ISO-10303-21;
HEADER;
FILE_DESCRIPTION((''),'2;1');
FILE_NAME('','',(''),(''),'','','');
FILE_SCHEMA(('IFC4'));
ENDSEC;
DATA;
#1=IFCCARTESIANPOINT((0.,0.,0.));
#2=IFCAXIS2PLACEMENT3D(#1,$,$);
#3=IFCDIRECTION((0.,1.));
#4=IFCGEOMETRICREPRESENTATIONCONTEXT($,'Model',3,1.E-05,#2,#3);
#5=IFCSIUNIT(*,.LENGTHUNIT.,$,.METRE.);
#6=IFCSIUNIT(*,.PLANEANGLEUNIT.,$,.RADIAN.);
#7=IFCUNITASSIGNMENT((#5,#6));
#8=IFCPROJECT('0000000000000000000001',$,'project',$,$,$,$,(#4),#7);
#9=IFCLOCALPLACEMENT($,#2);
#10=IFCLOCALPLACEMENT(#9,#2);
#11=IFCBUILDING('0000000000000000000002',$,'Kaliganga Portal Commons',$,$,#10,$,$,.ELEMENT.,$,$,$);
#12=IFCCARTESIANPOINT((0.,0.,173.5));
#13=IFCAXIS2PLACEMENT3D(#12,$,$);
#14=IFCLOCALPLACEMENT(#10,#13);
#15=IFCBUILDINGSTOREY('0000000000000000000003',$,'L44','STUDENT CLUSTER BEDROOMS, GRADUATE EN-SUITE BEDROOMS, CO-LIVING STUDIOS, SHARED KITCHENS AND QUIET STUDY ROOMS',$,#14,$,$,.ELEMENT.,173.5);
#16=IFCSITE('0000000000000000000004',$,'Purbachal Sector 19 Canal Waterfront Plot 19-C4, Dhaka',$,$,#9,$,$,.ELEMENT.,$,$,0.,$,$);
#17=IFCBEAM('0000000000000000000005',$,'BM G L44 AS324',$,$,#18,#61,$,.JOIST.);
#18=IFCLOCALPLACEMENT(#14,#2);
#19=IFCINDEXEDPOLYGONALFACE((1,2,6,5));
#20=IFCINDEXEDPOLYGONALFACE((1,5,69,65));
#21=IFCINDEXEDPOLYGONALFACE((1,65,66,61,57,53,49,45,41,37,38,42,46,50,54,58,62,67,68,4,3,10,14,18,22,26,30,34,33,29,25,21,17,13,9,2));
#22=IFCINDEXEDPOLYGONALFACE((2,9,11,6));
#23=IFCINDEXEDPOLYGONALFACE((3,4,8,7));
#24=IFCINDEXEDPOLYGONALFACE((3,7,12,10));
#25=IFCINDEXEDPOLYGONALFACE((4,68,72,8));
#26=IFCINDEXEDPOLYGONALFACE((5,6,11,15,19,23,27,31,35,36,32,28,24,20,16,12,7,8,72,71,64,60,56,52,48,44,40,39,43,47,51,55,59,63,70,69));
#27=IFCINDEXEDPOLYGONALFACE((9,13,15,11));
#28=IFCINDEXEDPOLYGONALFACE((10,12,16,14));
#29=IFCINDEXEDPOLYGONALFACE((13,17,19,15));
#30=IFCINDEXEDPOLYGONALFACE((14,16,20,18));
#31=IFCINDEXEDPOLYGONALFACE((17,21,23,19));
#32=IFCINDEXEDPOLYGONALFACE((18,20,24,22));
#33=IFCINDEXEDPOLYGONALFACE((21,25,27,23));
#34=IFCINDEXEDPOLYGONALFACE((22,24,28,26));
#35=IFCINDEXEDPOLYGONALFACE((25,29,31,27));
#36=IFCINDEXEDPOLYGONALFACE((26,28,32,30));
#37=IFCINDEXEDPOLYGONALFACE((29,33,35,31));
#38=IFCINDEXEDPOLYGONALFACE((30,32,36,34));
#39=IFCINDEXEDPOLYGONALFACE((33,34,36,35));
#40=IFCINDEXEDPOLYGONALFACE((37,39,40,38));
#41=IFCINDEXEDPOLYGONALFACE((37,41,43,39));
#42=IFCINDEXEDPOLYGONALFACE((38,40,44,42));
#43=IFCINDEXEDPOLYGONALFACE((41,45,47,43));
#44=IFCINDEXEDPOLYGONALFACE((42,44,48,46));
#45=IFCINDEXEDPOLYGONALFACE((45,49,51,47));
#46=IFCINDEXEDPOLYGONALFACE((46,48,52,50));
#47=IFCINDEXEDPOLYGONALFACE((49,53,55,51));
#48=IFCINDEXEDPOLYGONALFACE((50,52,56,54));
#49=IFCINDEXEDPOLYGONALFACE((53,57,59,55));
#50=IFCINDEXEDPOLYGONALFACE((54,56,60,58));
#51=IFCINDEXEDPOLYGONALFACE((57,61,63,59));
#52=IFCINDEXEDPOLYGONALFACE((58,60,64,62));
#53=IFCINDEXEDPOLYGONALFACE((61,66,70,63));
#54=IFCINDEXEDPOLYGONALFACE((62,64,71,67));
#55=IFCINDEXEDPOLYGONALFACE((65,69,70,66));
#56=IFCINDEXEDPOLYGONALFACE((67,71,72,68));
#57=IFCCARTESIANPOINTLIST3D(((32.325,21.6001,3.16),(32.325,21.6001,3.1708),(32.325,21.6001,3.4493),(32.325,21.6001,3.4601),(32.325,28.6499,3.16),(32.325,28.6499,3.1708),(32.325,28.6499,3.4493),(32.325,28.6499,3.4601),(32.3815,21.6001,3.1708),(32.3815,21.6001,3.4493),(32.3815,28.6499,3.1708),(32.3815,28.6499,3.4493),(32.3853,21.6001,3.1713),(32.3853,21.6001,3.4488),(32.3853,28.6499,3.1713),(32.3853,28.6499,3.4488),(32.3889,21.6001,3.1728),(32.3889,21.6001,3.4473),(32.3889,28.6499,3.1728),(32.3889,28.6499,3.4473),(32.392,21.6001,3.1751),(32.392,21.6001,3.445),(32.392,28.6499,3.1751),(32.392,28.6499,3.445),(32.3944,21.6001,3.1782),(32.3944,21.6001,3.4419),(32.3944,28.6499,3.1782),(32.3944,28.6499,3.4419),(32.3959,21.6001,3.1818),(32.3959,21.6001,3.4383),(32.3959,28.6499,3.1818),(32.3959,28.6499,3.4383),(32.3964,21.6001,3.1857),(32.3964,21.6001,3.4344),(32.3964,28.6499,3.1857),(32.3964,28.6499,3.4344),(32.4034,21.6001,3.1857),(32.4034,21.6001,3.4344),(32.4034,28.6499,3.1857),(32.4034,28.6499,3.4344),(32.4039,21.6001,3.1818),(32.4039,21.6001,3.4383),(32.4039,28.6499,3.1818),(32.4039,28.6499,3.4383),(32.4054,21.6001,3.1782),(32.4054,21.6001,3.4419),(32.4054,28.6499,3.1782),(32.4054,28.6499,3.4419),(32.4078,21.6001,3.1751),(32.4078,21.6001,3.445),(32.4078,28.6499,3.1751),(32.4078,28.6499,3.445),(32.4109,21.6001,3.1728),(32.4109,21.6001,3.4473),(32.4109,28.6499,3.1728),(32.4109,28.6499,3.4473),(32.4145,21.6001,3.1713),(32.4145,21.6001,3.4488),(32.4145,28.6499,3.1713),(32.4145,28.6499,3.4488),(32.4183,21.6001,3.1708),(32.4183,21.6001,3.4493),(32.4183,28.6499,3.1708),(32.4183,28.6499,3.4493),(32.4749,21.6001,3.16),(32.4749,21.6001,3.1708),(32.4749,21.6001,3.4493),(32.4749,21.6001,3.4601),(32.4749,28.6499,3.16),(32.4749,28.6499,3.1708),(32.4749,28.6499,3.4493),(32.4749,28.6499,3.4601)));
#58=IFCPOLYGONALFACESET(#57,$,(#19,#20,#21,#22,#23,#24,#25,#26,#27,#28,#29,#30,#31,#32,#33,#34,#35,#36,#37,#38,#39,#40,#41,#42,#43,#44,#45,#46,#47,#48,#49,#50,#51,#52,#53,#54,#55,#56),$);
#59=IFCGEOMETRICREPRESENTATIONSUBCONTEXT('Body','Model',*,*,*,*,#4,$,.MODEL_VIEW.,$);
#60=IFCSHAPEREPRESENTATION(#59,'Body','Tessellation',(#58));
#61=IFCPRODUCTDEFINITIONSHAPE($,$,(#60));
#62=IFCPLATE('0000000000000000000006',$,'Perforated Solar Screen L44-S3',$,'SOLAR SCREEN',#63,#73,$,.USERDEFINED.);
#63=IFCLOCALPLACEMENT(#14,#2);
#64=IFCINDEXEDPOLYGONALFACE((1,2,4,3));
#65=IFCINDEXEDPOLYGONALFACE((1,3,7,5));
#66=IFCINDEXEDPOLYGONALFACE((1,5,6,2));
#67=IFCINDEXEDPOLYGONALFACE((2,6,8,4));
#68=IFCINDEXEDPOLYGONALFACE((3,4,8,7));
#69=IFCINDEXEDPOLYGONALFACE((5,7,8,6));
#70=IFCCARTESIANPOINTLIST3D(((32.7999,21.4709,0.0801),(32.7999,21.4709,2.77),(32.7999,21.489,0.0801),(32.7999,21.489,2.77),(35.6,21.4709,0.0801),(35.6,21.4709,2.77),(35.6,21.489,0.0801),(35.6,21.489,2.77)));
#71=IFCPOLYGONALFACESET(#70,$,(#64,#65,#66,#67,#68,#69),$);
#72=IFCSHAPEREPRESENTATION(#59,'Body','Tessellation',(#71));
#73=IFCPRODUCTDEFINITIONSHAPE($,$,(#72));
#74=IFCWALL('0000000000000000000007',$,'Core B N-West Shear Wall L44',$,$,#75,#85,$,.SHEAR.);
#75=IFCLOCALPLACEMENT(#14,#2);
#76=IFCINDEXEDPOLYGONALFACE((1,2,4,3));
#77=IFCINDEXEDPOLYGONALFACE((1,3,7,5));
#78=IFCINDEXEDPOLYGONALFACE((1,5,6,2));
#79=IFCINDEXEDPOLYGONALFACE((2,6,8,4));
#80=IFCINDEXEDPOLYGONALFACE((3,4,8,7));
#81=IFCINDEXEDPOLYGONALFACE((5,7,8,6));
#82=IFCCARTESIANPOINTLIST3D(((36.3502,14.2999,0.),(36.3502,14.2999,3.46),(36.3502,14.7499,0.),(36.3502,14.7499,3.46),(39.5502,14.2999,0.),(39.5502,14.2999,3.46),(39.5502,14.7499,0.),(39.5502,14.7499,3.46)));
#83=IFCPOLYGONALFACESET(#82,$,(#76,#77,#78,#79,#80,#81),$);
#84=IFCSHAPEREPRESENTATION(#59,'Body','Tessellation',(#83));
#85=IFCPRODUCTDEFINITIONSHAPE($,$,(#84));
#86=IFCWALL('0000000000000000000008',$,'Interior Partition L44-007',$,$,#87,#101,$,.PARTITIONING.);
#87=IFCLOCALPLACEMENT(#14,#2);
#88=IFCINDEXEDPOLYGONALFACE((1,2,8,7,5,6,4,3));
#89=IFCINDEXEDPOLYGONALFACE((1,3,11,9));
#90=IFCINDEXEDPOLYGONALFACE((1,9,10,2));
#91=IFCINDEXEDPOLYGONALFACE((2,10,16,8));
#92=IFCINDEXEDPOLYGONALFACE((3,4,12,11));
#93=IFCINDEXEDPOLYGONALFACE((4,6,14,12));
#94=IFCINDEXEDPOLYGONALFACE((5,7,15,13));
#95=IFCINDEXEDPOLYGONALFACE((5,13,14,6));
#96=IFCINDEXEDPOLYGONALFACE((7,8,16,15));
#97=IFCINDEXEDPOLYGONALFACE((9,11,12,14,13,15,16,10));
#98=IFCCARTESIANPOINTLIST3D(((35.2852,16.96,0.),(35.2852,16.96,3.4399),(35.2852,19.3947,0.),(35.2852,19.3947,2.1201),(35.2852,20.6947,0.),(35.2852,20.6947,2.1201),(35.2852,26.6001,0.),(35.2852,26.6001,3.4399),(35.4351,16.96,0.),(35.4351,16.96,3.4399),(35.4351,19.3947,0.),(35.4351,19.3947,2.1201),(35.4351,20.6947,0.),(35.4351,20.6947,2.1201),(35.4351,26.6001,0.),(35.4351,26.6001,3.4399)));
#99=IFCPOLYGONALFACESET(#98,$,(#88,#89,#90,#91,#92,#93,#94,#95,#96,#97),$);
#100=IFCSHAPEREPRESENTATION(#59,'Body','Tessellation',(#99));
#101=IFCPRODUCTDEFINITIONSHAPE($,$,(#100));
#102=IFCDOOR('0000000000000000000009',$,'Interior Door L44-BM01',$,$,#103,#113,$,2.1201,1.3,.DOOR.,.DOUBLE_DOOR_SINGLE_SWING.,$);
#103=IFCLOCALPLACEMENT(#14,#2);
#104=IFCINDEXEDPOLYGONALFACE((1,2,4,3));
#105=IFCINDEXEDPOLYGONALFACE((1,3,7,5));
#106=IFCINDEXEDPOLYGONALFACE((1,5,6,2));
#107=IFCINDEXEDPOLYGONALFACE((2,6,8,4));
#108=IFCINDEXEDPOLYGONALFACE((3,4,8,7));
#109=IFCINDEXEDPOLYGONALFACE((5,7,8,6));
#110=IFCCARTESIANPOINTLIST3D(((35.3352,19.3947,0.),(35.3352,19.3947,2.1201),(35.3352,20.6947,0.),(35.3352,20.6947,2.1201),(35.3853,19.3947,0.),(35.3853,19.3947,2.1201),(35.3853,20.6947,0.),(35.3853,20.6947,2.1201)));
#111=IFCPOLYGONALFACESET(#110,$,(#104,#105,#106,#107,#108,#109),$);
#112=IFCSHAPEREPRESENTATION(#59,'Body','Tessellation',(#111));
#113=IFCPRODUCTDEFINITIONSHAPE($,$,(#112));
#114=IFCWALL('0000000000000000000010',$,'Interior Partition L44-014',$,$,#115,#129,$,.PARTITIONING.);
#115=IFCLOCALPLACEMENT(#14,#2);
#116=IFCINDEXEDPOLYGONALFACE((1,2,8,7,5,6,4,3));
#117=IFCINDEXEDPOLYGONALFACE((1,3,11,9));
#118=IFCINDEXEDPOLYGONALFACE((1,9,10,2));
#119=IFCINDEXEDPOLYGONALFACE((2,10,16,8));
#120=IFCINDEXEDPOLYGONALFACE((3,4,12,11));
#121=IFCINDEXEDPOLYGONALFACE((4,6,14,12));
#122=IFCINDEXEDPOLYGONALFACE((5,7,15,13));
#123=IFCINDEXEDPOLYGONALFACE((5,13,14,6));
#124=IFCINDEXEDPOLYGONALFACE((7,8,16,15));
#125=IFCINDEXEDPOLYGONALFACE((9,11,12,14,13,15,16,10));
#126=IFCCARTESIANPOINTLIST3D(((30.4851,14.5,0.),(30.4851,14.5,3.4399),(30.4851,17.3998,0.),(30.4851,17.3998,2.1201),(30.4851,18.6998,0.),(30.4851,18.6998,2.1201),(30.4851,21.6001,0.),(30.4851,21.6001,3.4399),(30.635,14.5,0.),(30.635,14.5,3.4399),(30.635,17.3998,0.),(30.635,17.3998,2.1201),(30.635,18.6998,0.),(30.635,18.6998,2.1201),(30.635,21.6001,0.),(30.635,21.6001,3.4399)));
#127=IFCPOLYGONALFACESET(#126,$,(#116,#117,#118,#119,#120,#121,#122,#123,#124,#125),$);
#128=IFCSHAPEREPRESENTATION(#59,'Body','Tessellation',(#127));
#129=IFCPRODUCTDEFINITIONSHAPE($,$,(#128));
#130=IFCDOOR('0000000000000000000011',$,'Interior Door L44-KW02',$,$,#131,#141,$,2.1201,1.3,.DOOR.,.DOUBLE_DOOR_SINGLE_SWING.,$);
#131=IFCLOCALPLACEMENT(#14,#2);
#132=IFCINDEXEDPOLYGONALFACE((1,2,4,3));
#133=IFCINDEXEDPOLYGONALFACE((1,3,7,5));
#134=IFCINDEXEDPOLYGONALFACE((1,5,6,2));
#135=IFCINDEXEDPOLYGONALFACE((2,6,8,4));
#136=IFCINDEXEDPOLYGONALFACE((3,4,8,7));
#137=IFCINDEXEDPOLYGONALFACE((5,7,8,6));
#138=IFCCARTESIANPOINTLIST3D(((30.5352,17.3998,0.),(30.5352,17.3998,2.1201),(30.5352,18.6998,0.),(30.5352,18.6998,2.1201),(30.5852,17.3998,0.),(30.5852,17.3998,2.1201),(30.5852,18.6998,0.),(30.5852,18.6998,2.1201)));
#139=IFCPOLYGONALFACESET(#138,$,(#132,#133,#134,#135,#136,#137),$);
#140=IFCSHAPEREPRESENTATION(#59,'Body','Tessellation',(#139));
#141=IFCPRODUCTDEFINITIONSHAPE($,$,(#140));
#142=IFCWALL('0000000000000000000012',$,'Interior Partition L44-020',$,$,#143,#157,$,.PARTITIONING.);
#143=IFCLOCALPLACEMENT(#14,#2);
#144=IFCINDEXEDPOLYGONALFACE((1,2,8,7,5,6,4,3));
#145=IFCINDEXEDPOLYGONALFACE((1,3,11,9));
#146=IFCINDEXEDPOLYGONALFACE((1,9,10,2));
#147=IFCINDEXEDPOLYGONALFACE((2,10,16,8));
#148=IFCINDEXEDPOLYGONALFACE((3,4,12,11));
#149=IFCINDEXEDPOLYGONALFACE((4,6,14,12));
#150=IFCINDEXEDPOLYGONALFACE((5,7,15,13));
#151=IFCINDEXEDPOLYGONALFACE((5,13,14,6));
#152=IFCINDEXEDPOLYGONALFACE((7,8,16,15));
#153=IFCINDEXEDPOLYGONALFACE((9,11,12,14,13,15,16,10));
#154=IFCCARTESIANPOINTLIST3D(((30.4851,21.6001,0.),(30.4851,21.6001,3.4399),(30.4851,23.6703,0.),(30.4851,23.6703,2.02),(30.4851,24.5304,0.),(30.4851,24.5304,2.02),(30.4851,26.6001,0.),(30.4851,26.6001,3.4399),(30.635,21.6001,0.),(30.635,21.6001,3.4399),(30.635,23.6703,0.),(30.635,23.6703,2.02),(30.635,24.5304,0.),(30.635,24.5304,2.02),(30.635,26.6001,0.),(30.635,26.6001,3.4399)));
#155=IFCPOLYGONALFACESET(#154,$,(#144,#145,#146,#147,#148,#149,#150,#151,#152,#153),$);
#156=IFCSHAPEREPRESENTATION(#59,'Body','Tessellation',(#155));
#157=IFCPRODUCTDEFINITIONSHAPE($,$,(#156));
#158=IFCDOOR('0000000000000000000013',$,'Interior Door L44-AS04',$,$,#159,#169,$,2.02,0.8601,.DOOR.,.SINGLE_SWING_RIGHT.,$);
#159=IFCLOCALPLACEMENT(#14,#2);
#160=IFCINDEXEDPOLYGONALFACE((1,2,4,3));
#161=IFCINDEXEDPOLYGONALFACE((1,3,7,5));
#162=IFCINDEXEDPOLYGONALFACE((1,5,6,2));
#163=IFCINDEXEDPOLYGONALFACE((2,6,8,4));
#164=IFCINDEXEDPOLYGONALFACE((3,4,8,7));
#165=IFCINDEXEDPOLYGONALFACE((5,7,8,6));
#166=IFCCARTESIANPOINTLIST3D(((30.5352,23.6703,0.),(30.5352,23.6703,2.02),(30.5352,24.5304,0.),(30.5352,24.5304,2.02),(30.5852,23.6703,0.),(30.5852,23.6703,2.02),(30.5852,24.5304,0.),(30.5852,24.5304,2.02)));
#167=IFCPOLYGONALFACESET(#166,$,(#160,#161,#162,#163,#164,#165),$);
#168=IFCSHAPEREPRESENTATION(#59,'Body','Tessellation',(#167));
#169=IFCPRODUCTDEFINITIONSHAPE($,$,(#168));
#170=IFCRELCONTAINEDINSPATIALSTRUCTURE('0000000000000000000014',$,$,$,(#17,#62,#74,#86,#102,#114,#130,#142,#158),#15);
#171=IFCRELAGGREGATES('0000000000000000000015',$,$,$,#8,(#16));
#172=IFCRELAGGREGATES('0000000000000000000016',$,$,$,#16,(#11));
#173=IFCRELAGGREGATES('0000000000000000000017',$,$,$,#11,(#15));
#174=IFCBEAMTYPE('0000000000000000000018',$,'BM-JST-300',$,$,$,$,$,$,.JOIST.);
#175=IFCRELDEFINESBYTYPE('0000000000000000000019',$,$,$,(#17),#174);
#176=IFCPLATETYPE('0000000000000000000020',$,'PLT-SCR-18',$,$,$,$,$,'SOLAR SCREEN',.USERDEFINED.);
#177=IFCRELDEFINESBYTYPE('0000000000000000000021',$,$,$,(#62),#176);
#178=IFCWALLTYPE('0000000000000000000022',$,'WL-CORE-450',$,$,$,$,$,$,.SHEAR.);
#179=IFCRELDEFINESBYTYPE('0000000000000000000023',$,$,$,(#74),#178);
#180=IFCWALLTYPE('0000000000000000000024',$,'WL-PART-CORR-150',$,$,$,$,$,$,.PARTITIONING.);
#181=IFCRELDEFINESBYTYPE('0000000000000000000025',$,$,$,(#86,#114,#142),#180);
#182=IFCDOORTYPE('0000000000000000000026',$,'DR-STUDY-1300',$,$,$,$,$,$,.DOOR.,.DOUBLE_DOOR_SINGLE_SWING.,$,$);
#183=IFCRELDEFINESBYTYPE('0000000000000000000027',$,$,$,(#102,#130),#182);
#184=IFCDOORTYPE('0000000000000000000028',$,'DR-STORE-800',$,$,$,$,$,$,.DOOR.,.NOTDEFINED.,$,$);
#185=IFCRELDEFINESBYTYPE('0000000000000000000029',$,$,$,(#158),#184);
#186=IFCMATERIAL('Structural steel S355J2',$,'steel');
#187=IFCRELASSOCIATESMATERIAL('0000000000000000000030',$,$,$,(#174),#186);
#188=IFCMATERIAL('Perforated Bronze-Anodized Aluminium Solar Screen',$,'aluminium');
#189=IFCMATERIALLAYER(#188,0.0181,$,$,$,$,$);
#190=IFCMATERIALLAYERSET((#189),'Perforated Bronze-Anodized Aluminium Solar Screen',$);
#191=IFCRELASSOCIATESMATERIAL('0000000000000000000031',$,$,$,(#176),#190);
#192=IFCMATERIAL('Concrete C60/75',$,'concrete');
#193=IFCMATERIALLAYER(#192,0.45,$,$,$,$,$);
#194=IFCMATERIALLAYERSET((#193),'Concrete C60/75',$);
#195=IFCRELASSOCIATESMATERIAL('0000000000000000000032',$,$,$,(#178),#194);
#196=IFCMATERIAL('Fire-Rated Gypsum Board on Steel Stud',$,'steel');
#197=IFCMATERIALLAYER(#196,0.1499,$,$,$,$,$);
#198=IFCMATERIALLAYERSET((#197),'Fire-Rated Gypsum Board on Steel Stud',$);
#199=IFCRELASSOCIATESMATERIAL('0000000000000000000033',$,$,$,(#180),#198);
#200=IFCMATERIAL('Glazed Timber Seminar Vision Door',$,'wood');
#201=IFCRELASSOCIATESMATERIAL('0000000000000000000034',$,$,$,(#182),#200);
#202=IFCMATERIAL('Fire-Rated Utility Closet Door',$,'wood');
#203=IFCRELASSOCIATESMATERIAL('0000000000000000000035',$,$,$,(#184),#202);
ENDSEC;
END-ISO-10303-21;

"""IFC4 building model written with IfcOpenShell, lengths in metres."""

from ifc_helpers import new_model, si_unit, direction, frame, frame_2d, origin, origin_2d, place, context, subcontext, project, spatial, rectangle, i_section, extrude, source, transform, mapped, material, layer, layer_set, material_profile, profile_set, type_object, element, fill, save


model = new_model("IFC4")

# Units and contexts
model_context = context("Model", 3, precision=1e-05, world=origin(), true_north=direction((0.0, 1.0)))
body_context = subcontext(model_context, "Body", "Model", "MODEL_VIEW")
ifc_project = project(units=[si_unit("LENGTHUNIT", "METRE"), si_unit("PLANEANGLEUNIT", "RADIAN")], contexts=[model_context])

# Site, building, storey
site_placement = place(None, origin())
site = spatial("IfcSite", under=ifc_project, at=site_placement, Name="Purbachal Sector 19 Canal Waterfront Plot 19-C4, Dhaka", CompositionType="ELEMENT", RefElevation=0.0)
building_placement = place(site_placement, origin())
building = spatial("IfcBuilding", under=site, at=building_placement, Name="Kaliganga Portal Commons", CompositionType="ELEMENT")
storey_placement = place(building_placement, frame((0.0, 0.0, 173.5)))
storey = spatial("IfcBuildingStorey", under=building, at=storey_placement, Name="L44", Description="STUDENT CLUSTER BEDROOMS, GRADUATE EN-SUITE BEDROOMS, CO-LIVING STUDIOS, SHARED KITCHENS AND QUIET STUDY ROOMS", CompositionType="ELEMENT", Elevation=173.5)

# Shared definitions
ifc_material_1 = material(Name="Concrete C60/75", Category="concrete")

# Beam
ifc_material_2 = material(Name="Structural steel S355J2", Category="steel")
ifc_material_profile_1 = material_profile(ifc_material_2, i_section(OverallWidth=0.1499, OverallDepth=0.3, WebThickness=0.0071, FlangeThickness=0.0107, FilletRadius=0.0149, at=origin_2d()), Name="IPE 300")
ifc_profile_set_1 = profile_set([ifc_material_profile_1], Name="Structural steel S355J2 wide-flange")
beam_type_1 = type_object("IfcBeamType", Name="BM-JST-300", PredefinedType="JOIST", material=ifc_profile_set_1)
shared_shape_1 = source(origin(), body_context, "Body", "SweptSolid", [
    extrude(i_section(OverallWidth=0.1499, OverallDepth=0.3, WebThickness=0.0071, FlangeThickness=0.0107, FilletRadius=0.0149, at=origin_2d()), origin(), (0.0, 0.0, 1.0), 7.0498),
])
beam_1_placement = place(storey_placement, frame((32.3999, 21.6001, 3.3101), z_axis=(0.0, 1.0, 0.0), x_axis=(-1.0, 0.0, 0.0)))
element("IfcBeam", 1, at=beam_1_placement, inside=storey, type_object=beam_type_1, Name="BM G L44 AS324", PredefinedType="JOIST", context=body_context, shape_type="MappedRepresentation", body=[
    mapped(shared_shape_1, transform((0.0, 0.0, 0.0), x_axis=(1.0, 0.0, 0.0), y_axis=(0.0, 1.0, 0.0), z_axis=(0.0, 0.0, 1.0), scale=1.0)),
])

# Plate
ifc_material_3 = material(Name="Perforated Bronze-Anodized Aluminium Solar Screen", Category="aluminium")
ifc_layer_1 = layer(ifc_material_3, 0.0181)
ifc_layer_set_1 = layer_set([ifc_layer_1], Name="Perforated Bronze-Anodized Aluminium Solar Screen")
plate_type = type_object("IfcPlateType", Name="PLT-SCR-18", ElementType="SOLAR SCREEN", PredefinedType="USERDEFINED", material=ifc_layer_set_1)
shared_shape_2 = source(origin(), body_context, "Body", "SweptSolid", [
    extrude(rectangle(XDim=2.8, YDim=0.0181, at=origin_2d()), origin(), (0.0, 0.0, 1.0), 2.6899),
])
plate_placement = place(storey_placement, frame((34.2, 21.48, 0.0801), z_axis=(0.0, 0.0, 1.0), x_axis=(1.0, 0.0, 0.0)))
element("IfcPlate", 2, at=plate_placement, inside=storey, type_object=plate_type, Name="Perforated Solar Screen L44-S3", ObjectType="SOLAR SCREEN", PredefinedType="USERDEFINED", context=body_context, shape_type="MappedRepresentation", body=[
    mapped(shared_shape_2, transform((0.0, 0.0, 0.0), x_axis=(1.0, 0.0, 0.0), y_axis=(0.0, 1.0, 0.0), z_axis=(0.0, 0.0, 1.0), scale=1.0)),
])

# Wall
ifc_layer_2 = layer(ifc_material_1, 0.45)
ifc_layer_set_2 = layer_set([ifc_layer_2], Name="Concrete C60/75")
wall_type_1 = type_object("IfcWallType", Name="WL-CORE-450", PredefinedType="SHEAR", material=ifc_layer_set_2)
wall_1_placement = place(storey_placement, frame((36.3501, 14.5249, 0.0), z_axis=(0.0, 0.0, 1.0), x_axis=(1.0, 0.0, 0.0)))
element("IfcWall", 3, at=wall_1_placement, inside=storey, type_object=wall_type_1, Name="Core B N-West Shear Wall L44", PredefinedType="SHEAR", context=body_context, shape_type="SweptSolid", body=[
    extrude(rectangle(XDim=3.2, YDim=0.45, at=frame_2d((1.6001, 0.0))), origin(), (0.0, 0.0, 1.0), 3.46),
])

# Walls, openings, doors
ifc_material_4 = material(Name="Fire-Rated Gypsum Board on Steel Stud", Category="steel")
ifc_layer_3 = layer(ifc_material_4, 0.1499)
ifc_layer_set_3 = layer_set([ifc_layer_3], Name="Fire-Rated Gypsum Board on Steel Stud")
wall_type_2 = type_object("IfcWallType", Name="WL-PART-CORR-150", PredefinedType="PARTITIONING", material=ifc_layer_set_3)
wall_2_placement = place(storey_placement, frame((35.3601, 16.96, 0.0), z_axis=(0.0, 0.0, 1.0), x_axis=(0.0, 1.0, 0.0)))
wall_2 = element("IfcWall", 4, at=wall_2_placement, inside=storey, type_object=wall_type_2, Name="Interior Partition L44-007", PredefinedType="PARTITIONING", context=body_context, shape_type="SweptSolid", body=[
    extrude(rectangle(XDim=9.6401, YDim=0.1499, at=frame_2d((4.8201, 0.0))), origin(), (0.0, 0.0, 1.0), 3.4399),
])
opening_1_placement = place(wall_2_placement, frame((2.4348, 0.0, 0.0)))
opening_1 = element("IfcOpeningElement", 5, at=opening_1_placement, cuts=wall_2, PredefinedType="OPENING", context=body_context, shape_type="SweptSolid", body=[
    extrude(rectangle(XDim=1.3, YDim=2.1201, at=frame_2d((0.6499, 1.0601))), frame((0.0, 0.085, 0.0), z_axis=(0.0, -1.0, 0.0), x_axis=(1.0, 0.0, 0.0)), (0.0, 0.0, 1.0), 0.1699),
])
ifc_material_5 = material(Name="Glazed Timber Seminar Vision Door", Category="wood")
door_type_1 = type_object("IfcDoorType", Name="DR-STUDY-1300", OperationType="DOUBLE_DOOR_SINGLE_SWING", PredefinedType="DOOR", material=ifc_material_5)
door_1_placement = place(opening_1_placement, origin())
door_1 = element("IfcDoor", 6, at=door_1_placement, inside=storey, type_object=door_type_1, Name="Interior Door L44-BM01", OperationType="DOUBLE_DOOR_SINGLE_SWING", OverallHeight=2.1201, OverallWidth=1.3, PredefinedType="DOOR", context=body_context, shape_type="SweptSolid", body=[
    extrude(rectangle(XDim=1.3, YDim=2.1201, at=frame_2d((0.6499, 1.0601))), frame((0.0, 0.0249, 0.0), z_axis=(0.0, -1.0, 0.0), x_axis=(1.0, 0.0, 0.0)), (0.0, 0.0, 1.0), 0.05),
])
fill(opening_1, door_1)
wall_3_placement = place(storey_placement, frame((30.5601, 14.5, 0.0), z_axis=(0.0, 0.0, 1.0), x_axis=(0.0, 1.0, 0.0)))
wall_3 = element("IfcWall", 7, at=wall_3_placement, inside=storey, type_object=wall_type_2, Name="Interior Partition L44-014", PredefinedType="PARTITIONING", context=body_context, shape_type="SweptSolid", body=[
    extrude(rectangle(XDim=7.1001, YDim=0.1499, at=frame_2d((3.55, 0.0))), origin(), (0.0, 0.0, 1.0), 3.4399),
])
opening_2_placement = place(wall_3_placement, frame((2.8999, 0.0, 0.0)))
opening_2 = element("IfcOpeningElement", 8, at=opening_2_placement, cuts=wall_3, PredefinedType="OPENING", context=body_context, shape_type="SweptSolid", body=[
    extrude(rectangle(XDim=1.3, YDim=2.1201, at=frame_2d((0.6499, 1.0601))), frame((0.0, 0.085, 0.0), z_axis=(0.0, -1.0, 0.0), x_axis=(1.0, 0.0, 0.0)), (0.0, 0.0, 1.0), 0.1699),
])
door_2_placement = place(opening_2_placement, origin())
door_2 = element("IfcDoor", 9, at=door_2_placement, inside=storey, type_object=door_type_1, Name="Interior Door L44-KW02", OperationType="DOUBLE_DOOR_SINGLE_SWING", OverallHeight=2.1201, OverallWidth=1.3, PredefinedType="DOOR", context=body_context, shape_type="SweptSolid", body=[
    extrude(rectangle(XDim=1.3, YDim=2.1201, at=frame_2d((0.6499, 1.0601))), frame((0.0, 0.0249, 0.0), z_axis=(0.0, -1.0, 0.0), x_axis=(1.0, 0.0, 0.0)), (0.0, 0.0, 1.0), 0.05),
])
fill(opening_2, door_2)
wall_4_placement = place(storey_placement, frame((30.5601, 21.6001, 0.0), z_axis=(0.0, 0.0, 1.0), x_axis=(0.0, 1.0, 0.0)))
wall_4 = element("IfcWall", 10, at=wall_4_placement, inside=storey, type_object=wall_type_2, Name="Interior Partition L44-020", PredefinedType="PARTITIONING", context=body_context, shape_type="SweptSolid", body=[
    extrude(rectangle(XDim=5.0, YDim=0.1499, at=frame_2d((2.5, 0.0))), origin(), (0.0, 0.0, 1.0), 3.4399),
])
opening_3_placement = place(wall_4_placement, frame((2.0701, 0.0, 0.0)))
opening_3 = element("IfcOpeningElement", 11, at=opening_3_placement, cuts=wall_4, PredefinedType="OPENING", context=body_context, shape_type="SweptSolid", body=[
    extrude(rectangle(XDim=0.8601, YDim=2.02, at=frame_2d((0.4302, 1.01))), frame((0.0, 0.085, 0.0), z_axis=(0.0, -1.0, 0.0), x_axis=(1.0, 0.0, 0.0)), (0.0, 0.0, 1.0), 0.1699),
])
ifc_material_6 = material(Name="Fire-Rated Utility Closet Door", Category="wood")
door_type_2 = type_object("IfcDoorType", Name="DR-STORE-800", OperationType="NOTDEFINED", PredefinedType="DOOR", material=ifc_material_6)
door_3_placement = place(opening_3_placement, origin())
door_3 = element("IfcDoor", 12, at=door_3_placement, inside=storey, type_object=door_type_2, Name="Interior Door L44-AS04", OperationType="SINGLE_SWING_RIGHT", OverallHeight=2.02, OverallWidth=0.8601, PredefinedType="DOOR", context=body_context, shape_type="SweptSolid", body=[
    extrude(rectangle(XDim=0.8601, YDim=2.02, at=frame_2d((0.4302, 1.01))), frame((0.0, 0.0249, 0.0), z_axis=(0.0, -1.0, 0.0), x_axis=(1.0, 0.0, 0.0)), (0.0, 0.0, 1.0), 0.05),
])
fill(opening_3, door_3)

save(model, "model.ifc")
